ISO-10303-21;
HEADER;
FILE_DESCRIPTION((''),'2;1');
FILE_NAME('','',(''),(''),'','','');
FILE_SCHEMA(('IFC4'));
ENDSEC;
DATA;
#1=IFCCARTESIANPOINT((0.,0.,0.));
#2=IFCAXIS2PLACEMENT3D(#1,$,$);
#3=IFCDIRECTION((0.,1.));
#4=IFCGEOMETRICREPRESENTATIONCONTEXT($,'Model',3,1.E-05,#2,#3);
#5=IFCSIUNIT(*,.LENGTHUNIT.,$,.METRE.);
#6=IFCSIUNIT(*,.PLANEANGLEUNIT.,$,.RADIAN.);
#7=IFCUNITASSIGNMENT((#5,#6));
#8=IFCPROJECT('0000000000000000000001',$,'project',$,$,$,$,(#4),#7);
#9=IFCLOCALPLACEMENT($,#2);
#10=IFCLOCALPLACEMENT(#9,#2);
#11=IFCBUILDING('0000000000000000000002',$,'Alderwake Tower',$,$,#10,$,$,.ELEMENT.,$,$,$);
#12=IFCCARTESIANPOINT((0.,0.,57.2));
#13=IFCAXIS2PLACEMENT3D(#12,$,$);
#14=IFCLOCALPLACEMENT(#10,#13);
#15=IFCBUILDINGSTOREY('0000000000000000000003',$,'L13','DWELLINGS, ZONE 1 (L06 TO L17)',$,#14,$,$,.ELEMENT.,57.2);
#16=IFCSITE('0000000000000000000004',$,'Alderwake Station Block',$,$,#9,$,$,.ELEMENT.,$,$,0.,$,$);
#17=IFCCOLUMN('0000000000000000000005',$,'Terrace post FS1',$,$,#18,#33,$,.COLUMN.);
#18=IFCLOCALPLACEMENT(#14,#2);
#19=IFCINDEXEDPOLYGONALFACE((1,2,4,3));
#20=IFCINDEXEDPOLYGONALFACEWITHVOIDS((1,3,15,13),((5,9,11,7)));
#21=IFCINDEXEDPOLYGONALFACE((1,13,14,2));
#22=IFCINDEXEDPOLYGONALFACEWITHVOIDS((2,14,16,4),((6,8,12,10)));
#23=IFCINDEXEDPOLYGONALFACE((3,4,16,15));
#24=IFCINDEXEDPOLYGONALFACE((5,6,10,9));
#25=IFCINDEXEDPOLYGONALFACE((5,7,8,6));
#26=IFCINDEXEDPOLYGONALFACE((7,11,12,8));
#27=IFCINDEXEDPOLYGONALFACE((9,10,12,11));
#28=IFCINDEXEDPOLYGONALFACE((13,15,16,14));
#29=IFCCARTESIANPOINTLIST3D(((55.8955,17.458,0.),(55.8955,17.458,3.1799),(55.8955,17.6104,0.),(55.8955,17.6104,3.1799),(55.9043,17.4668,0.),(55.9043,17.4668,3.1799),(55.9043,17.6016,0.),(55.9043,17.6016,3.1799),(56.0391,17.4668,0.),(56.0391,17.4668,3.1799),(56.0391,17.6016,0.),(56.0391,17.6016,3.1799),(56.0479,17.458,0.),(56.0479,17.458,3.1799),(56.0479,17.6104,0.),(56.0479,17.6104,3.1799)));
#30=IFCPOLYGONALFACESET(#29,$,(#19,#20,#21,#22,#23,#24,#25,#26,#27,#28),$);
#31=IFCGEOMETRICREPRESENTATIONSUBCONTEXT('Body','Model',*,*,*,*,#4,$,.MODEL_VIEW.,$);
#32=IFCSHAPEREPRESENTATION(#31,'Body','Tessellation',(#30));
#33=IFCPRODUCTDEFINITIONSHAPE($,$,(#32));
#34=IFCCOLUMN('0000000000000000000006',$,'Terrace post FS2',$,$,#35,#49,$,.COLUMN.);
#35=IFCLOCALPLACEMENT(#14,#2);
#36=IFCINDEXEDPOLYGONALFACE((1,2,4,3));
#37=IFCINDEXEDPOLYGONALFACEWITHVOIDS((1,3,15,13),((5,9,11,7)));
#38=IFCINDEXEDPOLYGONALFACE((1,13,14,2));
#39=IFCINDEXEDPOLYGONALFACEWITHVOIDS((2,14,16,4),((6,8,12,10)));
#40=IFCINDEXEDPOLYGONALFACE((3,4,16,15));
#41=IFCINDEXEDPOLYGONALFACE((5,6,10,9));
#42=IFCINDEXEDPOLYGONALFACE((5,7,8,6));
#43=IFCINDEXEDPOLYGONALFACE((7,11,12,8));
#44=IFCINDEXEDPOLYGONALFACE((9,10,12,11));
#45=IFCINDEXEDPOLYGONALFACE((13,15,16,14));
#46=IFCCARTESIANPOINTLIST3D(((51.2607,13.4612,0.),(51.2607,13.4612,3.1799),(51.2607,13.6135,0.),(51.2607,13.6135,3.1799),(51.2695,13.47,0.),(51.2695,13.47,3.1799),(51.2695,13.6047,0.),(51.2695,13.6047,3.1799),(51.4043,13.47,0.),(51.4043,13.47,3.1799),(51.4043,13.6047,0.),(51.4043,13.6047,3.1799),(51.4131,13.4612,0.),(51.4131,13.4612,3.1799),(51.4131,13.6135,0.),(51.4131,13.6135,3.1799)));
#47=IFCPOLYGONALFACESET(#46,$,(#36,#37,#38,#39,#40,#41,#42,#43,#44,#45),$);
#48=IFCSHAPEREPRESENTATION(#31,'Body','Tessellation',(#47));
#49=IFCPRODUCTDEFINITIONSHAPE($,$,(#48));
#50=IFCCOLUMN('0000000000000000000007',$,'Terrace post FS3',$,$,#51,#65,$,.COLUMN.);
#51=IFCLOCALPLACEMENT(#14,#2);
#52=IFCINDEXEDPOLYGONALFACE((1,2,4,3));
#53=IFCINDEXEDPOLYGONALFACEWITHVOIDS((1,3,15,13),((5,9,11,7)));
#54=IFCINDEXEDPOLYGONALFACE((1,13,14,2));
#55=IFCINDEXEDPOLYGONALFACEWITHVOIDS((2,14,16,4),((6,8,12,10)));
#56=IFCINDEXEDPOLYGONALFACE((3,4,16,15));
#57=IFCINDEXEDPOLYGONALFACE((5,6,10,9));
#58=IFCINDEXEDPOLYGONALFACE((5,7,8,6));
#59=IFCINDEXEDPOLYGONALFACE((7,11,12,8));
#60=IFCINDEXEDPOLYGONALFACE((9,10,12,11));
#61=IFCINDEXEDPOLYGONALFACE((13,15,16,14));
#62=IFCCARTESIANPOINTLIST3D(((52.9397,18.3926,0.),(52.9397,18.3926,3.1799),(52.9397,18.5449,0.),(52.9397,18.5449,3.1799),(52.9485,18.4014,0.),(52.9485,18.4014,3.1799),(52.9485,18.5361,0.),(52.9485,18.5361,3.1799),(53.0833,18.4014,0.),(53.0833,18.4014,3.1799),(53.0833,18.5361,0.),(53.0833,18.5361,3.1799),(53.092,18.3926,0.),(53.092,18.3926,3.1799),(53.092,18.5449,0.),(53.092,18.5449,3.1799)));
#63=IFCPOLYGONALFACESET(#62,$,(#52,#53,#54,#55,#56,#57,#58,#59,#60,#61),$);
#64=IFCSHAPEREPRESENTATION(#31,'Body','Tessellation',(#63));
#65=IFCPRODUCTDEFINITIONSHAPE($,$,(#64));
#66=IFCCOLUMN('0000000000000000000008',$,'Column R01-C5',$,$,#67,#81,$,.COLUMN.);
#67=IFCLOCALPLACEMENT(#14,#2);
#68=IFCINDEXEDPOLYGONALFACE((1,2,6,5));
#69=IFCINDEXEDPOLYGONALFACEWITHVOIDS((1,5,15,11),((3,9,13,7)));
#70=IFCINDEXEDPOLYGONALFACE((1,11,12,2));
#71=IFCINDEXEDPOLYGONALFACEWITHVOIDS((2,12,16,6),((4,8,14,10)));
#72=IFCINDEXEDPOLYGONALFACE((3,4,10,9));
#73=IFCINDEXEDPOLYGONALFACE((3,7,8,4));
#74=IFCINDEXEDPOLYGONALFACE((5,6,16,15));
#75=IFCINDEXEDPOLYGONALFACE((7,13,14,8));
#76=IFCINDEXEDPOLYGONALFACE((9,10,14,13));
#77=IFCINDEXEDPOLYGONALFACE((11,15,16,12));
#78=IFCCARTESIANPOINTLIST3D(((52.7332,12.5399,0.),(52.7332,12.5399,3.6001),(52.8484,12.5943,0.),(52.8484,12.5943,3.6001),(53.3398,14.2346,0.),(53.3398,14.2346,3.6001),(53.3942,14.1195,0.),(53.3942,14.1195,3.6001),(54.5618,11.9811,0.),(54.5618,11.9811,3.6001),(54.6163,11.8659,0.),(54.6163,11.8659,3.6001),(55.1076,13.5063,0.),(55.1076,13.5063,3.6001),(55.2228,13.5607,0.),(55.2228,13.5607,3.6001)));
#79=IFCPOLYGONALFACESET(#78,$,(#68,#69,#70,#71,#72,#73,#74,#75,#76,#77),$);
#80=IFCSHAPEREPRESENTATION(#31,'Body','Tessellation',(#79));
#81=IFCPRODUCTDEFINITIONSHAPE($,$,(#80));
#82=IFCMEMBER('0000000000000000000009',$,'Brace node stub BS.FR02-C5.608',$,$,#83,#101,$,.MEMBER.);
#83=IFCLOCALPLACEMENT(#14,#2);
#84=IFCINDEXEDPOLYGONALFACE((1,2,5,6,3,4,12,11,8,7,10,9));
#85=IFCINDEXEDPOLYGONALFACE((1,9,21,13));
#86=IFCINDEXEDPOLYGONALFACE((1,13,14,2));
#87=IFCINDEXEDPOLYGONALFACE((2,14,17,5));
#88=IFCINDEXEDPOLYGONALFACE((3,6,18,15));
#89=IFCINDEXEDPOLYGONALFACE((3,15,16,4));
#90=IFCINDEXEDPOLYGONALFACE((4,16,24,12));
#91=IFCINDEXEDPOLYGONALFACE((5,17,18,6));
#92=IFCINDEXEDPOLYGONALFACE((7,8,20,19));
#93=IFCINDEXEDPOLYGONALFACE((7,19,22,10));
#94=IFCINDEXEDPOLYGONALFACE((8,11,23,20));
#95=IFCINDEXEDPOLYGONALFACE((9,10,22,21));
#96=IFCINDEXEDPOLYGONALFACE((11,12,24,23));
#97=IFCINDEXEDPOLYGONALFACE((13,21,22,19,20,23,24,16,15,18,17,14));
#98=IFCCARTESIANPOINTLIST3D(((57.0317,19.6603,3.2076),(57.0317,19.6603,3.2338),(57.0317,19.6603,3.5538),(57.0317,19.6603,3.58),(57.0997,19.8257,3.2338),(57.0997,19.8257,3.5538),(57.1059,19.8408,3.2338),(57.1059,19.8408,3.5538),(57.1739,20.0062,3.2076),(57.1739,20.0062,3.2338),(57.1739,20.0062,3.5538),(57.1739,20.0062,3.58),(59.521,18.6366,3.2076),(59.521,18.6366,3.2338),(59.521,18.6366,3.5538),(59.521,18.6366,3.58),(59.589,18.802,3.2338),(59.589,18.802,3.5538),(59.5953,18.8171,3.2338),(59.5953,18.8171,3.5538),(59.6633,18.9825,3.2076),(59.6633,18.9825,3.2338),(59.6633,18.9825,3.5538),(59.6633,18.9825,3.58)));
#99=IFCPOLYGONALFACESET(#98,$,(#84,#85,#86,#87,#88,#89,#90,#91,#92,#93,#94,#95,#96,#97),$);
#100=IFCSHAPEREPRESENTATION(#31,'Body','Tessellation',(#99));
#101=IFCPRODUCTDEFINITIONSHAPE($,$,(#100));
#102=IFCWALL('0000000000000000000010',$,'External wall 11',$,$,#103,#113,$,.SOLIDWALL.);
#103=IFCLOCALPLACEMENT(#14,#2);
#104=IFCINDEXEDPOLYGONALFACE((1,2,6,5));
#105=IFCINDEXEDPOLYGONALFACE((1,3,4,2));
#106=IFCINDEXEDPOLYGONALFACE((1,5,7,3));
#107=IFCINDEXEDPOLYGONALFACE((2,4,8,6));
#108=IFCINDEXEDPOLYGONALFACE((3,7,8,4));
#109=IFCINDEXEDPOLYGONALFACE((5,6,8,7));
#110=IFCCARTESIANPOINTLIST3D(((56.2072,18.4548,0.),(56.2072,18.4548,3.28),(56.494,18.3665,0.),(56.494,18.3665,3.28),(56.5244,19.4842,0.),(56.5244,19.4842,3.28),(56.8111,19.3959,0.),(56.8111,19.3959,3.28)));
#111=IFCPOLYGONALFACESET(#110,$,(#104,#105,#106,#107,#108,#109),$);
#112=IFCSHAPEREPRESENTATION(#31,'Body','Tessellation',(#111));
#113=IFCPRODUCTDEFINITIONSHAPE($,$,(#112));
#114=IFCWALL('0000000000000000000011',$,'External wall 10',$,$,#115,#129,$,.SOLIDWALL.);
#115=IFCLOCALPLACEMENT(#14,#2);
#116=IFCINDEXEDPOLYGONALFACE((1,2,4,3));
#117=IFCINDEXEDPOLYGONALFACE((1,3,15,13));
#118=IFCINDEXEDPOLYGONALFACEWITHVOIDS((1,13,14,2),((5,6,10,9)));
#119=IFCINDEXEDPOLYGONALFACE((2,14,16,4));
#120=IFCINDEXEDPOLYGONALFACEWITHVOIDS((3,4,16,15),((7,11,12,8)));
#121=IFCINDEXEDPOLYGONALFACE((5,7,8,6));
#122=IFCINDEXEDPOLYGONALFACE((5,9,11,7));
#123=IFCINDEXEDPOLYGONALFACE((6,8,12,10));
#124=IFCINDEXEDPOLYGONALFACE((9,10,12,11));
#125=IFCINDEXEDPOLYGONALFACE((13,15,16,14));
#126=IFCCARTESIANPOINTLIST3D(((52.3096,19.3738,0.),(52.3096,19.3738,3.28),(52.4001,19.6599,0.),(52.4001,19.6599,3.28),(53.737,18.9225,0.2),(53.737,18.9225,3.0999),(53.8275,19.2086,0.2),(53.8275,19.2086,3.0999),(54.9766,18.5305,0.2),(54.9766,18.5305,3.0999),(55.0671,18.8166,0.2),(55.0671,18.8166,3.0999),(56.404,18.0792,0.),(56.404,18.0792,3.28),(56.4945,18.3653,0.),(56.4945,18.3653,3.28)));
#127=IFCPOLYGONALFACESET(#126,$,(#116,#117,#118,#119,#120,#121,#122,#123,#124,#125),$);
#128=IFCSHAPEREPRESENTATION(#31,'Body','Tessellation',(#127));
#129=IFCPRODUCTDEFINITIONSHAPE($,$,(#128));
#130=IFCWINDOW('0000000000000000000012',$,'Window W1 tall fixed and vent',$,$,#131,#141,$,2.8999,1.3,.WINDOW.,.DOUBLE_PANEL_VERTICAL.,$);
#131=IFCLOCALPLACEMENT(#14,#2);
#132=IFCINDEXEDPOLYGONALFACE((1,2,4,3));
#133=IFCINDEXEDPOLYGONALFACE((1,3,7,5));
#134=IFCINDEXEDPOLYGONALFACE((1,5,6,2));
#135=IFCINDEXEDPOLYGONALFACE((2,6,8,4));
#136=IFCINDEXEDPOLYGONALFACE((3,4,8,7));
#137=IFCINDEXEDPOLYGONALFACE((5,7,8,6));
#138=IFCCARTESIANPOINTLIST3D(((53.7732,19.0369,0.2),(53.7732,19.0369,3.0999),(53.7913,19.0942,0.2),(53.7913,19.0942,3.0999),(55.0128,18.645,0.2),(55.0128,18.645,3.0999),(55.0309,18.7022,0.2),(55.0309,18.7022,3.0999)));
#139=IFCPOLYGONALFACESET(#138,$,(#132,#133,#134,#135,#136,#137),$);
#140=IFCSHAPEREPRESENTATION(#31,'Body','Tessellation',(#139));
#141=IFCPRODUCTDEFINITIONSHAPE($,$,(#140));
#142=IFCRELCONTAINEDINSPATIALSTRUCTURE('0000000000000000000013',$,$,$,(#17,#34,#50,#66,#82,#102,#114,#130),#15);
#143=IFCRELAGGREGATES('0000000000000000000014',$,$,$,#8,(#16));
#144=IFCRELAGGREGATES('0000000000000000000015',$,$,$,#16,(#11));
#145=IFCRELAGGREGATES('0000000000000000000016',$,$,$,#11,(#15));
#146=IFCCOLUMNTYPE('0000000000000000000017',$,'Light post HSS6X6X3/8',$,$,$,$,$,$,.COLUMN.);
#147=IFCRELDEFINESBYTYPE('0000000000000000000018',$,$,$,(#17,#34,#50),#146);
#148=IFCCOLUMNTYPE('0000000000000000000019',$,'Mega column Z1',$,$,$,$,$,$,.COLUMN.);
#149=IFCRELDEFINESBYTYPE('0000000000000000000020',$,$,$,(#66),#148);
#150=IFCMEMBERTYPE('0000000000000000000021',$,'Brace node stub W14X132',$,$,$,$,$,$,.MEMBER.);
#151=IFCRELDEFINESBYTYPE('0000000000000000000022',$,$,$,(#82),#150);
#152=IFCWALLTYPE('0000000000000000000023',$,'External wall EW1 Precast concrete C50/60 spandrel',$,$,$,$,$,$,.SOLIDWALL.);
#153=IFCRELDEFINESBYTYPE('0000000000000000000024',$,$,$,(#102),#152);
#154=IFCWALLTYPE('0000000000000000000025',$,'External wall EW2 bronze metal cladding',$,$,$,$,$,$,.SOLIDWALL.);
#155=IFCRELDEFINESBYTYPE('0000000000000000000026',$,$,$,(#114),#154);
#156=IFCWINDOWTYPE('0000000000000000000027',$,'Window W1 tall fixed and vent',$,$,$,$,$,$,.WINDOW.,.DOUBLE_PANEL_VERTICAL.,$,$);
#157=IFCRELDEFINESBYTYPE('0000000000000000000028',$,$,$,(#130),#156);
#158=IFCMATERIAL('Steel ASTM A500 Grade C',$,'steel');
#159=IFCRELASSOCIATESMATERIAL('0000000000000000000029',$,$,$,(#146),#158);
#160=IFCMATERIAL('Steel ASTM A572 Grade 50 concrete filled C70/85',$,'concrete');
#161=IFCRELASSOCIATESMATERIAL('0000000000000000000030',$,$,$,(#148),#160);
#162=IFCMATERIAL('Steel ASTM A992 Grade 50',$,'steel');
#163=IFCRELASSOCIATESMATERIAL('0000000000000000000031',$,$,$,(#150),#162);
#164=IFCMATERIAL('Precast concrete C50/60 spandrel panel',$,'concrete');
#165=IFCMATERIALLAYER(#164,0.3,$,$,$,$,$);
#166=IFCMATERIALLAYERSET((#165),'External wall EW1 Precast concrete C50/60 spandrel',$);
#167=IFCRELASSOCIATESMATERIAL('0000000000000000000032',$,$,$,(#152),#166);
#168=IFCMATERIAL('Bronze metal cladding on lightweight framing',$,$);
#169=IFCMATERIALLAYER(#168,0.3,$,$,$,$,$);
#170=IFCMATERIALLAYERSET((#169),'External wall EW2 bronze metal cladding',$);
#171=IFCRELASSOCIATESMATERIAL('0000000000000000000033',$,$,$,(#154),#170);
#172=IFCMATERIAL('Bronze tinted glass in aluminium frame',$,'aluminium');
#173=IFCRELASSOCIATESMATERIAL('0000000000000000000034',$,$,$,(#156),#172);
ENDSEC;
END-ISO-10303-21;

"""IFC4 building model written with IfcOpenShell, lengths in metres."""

from ifc_helpers import new_model, si_unit, direction, frame, frame_2d, origin, origin_2d, place, context, subcontext, project, spatial, rectangle, hollow_rectangle, i_section, extrude, material, layer, layer_set, material_profile, profile_set, type_object, element, fill, save


model = new_model("IFC4")

# Units and contexts
model_context = context("Model", 3, precision=1e-05, world=origin(), true_north=direction((0.0, 1.0)))
body_context = subcontext(model_context, "Body", "Model", "MODEL_VIEW")
ifc_project = project(units=[si_unit("LENGTHUNIT", "METRE"), si_unit("PLANEANGLEUNIT", "RADIAN")], contexts=[model_context])

# Site, building, storey
site_placement = place(None, origin())
site = spatial("IfcSite", under=ifc_project, at=site_placement, Name="Alderwake Station Block", CompositionType="ELEMENT", RefElevation=0.0)
building_placement = place(site_placement, origin())
building = spatial("IfcBuilding", under=site, at=building_placement, Name="Alderwake Tower", CompositionType="ELEMENT")
storey_placement = place(building_placement, frame((0.0, 0.0, 57.2)))
storey = spatial("IfcBuildingStorey", under=building, at=storey_placement, Name="L13", Description="DWELLINGS, ZONE 1 (L06 TO L17)", CompositionType="ELEMENT", Elevation=57.2)

# Columns
ifc_material_1 = material(Name="Steel ASTM A500 Grade C", Category="steel")
ifc_material_profile_1 = material_profile(ifc_material_1, hollow_rectangle(XDim=0.1523, YDim=0.1523, WallThickness=0.0088, at=origin_2d()), Name="HSS6X6X3/8")
ifc_profile_set_1 = profile_set([ifc_material_profile_1], Name="Steel ASTM A500 Grade C")
column_type_1 = type_object("IfcColumnType", Name="Light post HSS6X6X3/8", PredefinedType="COLUMN", material=ifc_profile_set_1)
for number, where, z_axis, x_axis, name in (
    (1, (55.9717, 17.5342, 0.0), (0.0, 0.0, 1.0), (1.0, 0.0, 0.0), "Terrace post FS1"),
    (2, (51.3369, 13.5374, 0.0), (0.0, 0.0, 1.0), (1.0, 0.0, 0.0), "Terrace post FS2"),
    (3, (53.0159, 18.4688, 0.0), (0.0, 0.0, 1.0), (1.0, 0.0, 0.0), "Terrace post FS3"),
):
    element("IfcColumn", number, at=place(storey_placement, frame(where, z_axis=z_axis, x_axis=x_axis)), inside=storey, type_object=column_type_1, Name=name, PredefinedType="COLUMN", context=body_context, shape_type="SweptSolid", body=[
        extrude(hollow_rectangle(XDim=0.1523, YDim=0.1523, WallThickness=0.0088, at=origin_2d()), origin(), (0.0, 0.0, 1.0), 3.1799),
    ])
ifc_material_2 = material(Name="Steel ASTM A572 Grade 50 concrete filled C70/85", Category="concrete")
ifc_material_profile_2 = material_profile(ifc_material_2, hollow_rectangle(XDim=1.8, YDim=2.0, WallThickness=0.0901, at=origin_2d()), Name="BOX 2000X1800X90")
ifc_profile_set_2 = profile_set([ifc_material_profile_2], Name="Steel ASTM A572 Grade 50 concrete filled C70/85")
column_type_2 = type_object("IfcColumnType", Name="Mega column Z1", PredefinedType="COLUMN", material=ifc_profile_set_2)
column_placement = place(storey_placement, frame((53.978, 13.0503, 0.0), z_axis=(0.0, 0.0, 1.0), x_axis=(0.336962, 0.941518, 0.0)))
element("IfcColumn", 4, at=column_placement, inside=storey, type_object=column_type_2, Name="Column R01-C5", PredefinedType="COLUMN", context=body_context, shape_type="SweptSolid", body=[
    extrude(hollow_rectangle(XDim=1.8, YDim=2.0, WallThickness=0.0901, at=origin_2d()), origin(), (0.0, 0.0, 1.0), 3.6001),
])

# Member
ifc_material_3 = material(Name="Steel ASTM A992 Grade 50", Category="steel")
ifc_material_profile_3 = material_profile(ifc_material_3, i_section(OverallWidth=0.374, OverallDepth=0.3723, WebThickness=0.0164, FlangeThickness=0.0261, at=origin_2d()), Name="W14X132")
ifc_profile_set_3 = profile_set([ifc_material_profile_3], Name="Steel ASTM A992 Grade 50")
member_type = type_object("IfcMemberType", Name="Brace node stub W14X132", PredefinedType="MEMBER", material=ifc_profile_set_3)
member_placement = place(storey_placement, frame((57.1028, 19.8333, 3.3938), z_axis=(0.924849, -0.380335, 0.0), x_axis=(0.380335, 0.924849, 0.0)))
element("IfcMember", 5, at=member_placement, inside=storey, type_object=member_type, Name="Brace node stub BS.FR02-C5.608", PredefinedType="MEMBER", context=body_context, shape_type="SweptSolid", body=[
    extrude(i_section(OverallWidth=0.374, OverallDepth=0.3723, WebThickness=0.0164, FlangeThickness=0.0261, at=origin_2d()), origin(), (0.0, 0.0, 1.0), 2.6917),
])

# Wall
ifc_material_4 = material(Name="Precast concrete C50/60 spandrel panel", Category="concrete")
ifc_layer_1 = layer(ifc_material_4, 0.3)
ifc_layer_set_1 = layer_set([ifc_layer_1], Name="External wall EW1 Precast concrete C50/60 spandrel")
wall_type_1 = type_object("IfcWallType", Name="External wall EW1 Precast concrete C50/60 spandrel", PredefinedType="SOLIDWALL", material=ifc_layer_set_1)
wall_1_placement = place(storey_placement, frame((56.3506, 18.4106, 0.0), z_axis=(0.0, 0.0, 1.0), x_axis=(0.294452, 0.955666, 0.0)))
element("IfcWall", 6, at=wall_1_placement, inside=storey, type_object=wall_type_1, Name="External wall 11", PredefinedType="SOLIDWALL", context=body_context, shape_type="SweptSolid", body=[
    extrude(rectangle(XDim=1.0771, YDim=0.3, at=frame_2d((0.5386, 0.0))), origin(), (0.0, 0.0, 1.0), 3.28),
])

# Shared definitions
ifc_material_5 = material(Name="Bronze metal cladding on lightweight framing")
ifc_layer_2 = layer(ifc_material_5, 0.3)
ifc_layer_set_2 = layer_set([ifc_layer_2], Name="External wall EW2 bronze metal cladding")
wall_type_2 = type_object("IfcWallType", Name="External wall EW2 bronze metal cladding", PredefinedType="SOLIDWALL", material=ifc_layer_set_2)
ifc_material_6 = material(Name="Bronze tinted glass in aluminium frame", Category="aluminium")
window_type = type_object("IfcWindowType", Name="Window W1 tall fixed and vent", PartitioningType="DOUBLE_PANEL_VERTICAL", PredefinedType="WINDOW", material=ifc_material_6)

# Wall, opening, window
wall_2_placement = place(storey_placement, frame((52.355, 19.5168, 0.0), z_axis=(0.0, 0.0, 1.0), x_axis=(0.95347, -0.301488, 0.0)))
wall_2 = element("IfcWall", 7, at=wall_2_placement, inside=storey, type_object=wall_type_2, Name="External wall 10", PredefinedType="SOLIDWALL", context=body_context, shape_type="SweptSolid", body=[
    extrude(rectangle(XDim=4.2942, YDim=0.3, at=frame_2d((2.147, 0.0))), origin(), (0.0, 0.0, 1.0), 3.28),
])
opening_1_placement = place(wall_2_placement, frame((1.4971, 0.0, 0.2)))
opening_1 = element("IfcOpeningElement", 8, at=opening_1_placement, cuts=wall_2, PredefinedType="OPENING", context=body_context, shape_type="SweptSolid", body=[
    extrude(rectangle(XDim=1.3, YDim=2.8999, at=frame_2d((0.6499, 1.45))), frame((0.0, 0.1599, 0.0), z_axis=(0.0, -1.0, 0.0), x_axis=(1.0, 0.0, 0.0)), (0.0, 0.0, 1.0), 0.3201),
])
window_1_placement = place(opening_1_placement, origin())
window_1 = element("IfcWindow", 9, at=window_1_placement, inside=storey, type_object=window_type, Name="Window W1 tall fixed and vent", OverallHeight=2.8999, OverallWidth=1.3, PartitioningType="DOUBLE_PANEL_VERTICAL", PredefinedType="WINDOW", context=body_context, shape_type="SweptSolid", body=[
    extrude(rectangle(XDim=1.3, YDim=2.8999, at=frame_2d((0.6499, 1.45))), frame((0.0, 0.03, 0.0), z_axis=(0.0, -1.0, 0.0), x_axis=(1.0, 0.0, 0.0)), (0.0, 0.0, 1.0), 0.0601),
])
fill(opening_1, window_1)

save(model, "model.ifc")
